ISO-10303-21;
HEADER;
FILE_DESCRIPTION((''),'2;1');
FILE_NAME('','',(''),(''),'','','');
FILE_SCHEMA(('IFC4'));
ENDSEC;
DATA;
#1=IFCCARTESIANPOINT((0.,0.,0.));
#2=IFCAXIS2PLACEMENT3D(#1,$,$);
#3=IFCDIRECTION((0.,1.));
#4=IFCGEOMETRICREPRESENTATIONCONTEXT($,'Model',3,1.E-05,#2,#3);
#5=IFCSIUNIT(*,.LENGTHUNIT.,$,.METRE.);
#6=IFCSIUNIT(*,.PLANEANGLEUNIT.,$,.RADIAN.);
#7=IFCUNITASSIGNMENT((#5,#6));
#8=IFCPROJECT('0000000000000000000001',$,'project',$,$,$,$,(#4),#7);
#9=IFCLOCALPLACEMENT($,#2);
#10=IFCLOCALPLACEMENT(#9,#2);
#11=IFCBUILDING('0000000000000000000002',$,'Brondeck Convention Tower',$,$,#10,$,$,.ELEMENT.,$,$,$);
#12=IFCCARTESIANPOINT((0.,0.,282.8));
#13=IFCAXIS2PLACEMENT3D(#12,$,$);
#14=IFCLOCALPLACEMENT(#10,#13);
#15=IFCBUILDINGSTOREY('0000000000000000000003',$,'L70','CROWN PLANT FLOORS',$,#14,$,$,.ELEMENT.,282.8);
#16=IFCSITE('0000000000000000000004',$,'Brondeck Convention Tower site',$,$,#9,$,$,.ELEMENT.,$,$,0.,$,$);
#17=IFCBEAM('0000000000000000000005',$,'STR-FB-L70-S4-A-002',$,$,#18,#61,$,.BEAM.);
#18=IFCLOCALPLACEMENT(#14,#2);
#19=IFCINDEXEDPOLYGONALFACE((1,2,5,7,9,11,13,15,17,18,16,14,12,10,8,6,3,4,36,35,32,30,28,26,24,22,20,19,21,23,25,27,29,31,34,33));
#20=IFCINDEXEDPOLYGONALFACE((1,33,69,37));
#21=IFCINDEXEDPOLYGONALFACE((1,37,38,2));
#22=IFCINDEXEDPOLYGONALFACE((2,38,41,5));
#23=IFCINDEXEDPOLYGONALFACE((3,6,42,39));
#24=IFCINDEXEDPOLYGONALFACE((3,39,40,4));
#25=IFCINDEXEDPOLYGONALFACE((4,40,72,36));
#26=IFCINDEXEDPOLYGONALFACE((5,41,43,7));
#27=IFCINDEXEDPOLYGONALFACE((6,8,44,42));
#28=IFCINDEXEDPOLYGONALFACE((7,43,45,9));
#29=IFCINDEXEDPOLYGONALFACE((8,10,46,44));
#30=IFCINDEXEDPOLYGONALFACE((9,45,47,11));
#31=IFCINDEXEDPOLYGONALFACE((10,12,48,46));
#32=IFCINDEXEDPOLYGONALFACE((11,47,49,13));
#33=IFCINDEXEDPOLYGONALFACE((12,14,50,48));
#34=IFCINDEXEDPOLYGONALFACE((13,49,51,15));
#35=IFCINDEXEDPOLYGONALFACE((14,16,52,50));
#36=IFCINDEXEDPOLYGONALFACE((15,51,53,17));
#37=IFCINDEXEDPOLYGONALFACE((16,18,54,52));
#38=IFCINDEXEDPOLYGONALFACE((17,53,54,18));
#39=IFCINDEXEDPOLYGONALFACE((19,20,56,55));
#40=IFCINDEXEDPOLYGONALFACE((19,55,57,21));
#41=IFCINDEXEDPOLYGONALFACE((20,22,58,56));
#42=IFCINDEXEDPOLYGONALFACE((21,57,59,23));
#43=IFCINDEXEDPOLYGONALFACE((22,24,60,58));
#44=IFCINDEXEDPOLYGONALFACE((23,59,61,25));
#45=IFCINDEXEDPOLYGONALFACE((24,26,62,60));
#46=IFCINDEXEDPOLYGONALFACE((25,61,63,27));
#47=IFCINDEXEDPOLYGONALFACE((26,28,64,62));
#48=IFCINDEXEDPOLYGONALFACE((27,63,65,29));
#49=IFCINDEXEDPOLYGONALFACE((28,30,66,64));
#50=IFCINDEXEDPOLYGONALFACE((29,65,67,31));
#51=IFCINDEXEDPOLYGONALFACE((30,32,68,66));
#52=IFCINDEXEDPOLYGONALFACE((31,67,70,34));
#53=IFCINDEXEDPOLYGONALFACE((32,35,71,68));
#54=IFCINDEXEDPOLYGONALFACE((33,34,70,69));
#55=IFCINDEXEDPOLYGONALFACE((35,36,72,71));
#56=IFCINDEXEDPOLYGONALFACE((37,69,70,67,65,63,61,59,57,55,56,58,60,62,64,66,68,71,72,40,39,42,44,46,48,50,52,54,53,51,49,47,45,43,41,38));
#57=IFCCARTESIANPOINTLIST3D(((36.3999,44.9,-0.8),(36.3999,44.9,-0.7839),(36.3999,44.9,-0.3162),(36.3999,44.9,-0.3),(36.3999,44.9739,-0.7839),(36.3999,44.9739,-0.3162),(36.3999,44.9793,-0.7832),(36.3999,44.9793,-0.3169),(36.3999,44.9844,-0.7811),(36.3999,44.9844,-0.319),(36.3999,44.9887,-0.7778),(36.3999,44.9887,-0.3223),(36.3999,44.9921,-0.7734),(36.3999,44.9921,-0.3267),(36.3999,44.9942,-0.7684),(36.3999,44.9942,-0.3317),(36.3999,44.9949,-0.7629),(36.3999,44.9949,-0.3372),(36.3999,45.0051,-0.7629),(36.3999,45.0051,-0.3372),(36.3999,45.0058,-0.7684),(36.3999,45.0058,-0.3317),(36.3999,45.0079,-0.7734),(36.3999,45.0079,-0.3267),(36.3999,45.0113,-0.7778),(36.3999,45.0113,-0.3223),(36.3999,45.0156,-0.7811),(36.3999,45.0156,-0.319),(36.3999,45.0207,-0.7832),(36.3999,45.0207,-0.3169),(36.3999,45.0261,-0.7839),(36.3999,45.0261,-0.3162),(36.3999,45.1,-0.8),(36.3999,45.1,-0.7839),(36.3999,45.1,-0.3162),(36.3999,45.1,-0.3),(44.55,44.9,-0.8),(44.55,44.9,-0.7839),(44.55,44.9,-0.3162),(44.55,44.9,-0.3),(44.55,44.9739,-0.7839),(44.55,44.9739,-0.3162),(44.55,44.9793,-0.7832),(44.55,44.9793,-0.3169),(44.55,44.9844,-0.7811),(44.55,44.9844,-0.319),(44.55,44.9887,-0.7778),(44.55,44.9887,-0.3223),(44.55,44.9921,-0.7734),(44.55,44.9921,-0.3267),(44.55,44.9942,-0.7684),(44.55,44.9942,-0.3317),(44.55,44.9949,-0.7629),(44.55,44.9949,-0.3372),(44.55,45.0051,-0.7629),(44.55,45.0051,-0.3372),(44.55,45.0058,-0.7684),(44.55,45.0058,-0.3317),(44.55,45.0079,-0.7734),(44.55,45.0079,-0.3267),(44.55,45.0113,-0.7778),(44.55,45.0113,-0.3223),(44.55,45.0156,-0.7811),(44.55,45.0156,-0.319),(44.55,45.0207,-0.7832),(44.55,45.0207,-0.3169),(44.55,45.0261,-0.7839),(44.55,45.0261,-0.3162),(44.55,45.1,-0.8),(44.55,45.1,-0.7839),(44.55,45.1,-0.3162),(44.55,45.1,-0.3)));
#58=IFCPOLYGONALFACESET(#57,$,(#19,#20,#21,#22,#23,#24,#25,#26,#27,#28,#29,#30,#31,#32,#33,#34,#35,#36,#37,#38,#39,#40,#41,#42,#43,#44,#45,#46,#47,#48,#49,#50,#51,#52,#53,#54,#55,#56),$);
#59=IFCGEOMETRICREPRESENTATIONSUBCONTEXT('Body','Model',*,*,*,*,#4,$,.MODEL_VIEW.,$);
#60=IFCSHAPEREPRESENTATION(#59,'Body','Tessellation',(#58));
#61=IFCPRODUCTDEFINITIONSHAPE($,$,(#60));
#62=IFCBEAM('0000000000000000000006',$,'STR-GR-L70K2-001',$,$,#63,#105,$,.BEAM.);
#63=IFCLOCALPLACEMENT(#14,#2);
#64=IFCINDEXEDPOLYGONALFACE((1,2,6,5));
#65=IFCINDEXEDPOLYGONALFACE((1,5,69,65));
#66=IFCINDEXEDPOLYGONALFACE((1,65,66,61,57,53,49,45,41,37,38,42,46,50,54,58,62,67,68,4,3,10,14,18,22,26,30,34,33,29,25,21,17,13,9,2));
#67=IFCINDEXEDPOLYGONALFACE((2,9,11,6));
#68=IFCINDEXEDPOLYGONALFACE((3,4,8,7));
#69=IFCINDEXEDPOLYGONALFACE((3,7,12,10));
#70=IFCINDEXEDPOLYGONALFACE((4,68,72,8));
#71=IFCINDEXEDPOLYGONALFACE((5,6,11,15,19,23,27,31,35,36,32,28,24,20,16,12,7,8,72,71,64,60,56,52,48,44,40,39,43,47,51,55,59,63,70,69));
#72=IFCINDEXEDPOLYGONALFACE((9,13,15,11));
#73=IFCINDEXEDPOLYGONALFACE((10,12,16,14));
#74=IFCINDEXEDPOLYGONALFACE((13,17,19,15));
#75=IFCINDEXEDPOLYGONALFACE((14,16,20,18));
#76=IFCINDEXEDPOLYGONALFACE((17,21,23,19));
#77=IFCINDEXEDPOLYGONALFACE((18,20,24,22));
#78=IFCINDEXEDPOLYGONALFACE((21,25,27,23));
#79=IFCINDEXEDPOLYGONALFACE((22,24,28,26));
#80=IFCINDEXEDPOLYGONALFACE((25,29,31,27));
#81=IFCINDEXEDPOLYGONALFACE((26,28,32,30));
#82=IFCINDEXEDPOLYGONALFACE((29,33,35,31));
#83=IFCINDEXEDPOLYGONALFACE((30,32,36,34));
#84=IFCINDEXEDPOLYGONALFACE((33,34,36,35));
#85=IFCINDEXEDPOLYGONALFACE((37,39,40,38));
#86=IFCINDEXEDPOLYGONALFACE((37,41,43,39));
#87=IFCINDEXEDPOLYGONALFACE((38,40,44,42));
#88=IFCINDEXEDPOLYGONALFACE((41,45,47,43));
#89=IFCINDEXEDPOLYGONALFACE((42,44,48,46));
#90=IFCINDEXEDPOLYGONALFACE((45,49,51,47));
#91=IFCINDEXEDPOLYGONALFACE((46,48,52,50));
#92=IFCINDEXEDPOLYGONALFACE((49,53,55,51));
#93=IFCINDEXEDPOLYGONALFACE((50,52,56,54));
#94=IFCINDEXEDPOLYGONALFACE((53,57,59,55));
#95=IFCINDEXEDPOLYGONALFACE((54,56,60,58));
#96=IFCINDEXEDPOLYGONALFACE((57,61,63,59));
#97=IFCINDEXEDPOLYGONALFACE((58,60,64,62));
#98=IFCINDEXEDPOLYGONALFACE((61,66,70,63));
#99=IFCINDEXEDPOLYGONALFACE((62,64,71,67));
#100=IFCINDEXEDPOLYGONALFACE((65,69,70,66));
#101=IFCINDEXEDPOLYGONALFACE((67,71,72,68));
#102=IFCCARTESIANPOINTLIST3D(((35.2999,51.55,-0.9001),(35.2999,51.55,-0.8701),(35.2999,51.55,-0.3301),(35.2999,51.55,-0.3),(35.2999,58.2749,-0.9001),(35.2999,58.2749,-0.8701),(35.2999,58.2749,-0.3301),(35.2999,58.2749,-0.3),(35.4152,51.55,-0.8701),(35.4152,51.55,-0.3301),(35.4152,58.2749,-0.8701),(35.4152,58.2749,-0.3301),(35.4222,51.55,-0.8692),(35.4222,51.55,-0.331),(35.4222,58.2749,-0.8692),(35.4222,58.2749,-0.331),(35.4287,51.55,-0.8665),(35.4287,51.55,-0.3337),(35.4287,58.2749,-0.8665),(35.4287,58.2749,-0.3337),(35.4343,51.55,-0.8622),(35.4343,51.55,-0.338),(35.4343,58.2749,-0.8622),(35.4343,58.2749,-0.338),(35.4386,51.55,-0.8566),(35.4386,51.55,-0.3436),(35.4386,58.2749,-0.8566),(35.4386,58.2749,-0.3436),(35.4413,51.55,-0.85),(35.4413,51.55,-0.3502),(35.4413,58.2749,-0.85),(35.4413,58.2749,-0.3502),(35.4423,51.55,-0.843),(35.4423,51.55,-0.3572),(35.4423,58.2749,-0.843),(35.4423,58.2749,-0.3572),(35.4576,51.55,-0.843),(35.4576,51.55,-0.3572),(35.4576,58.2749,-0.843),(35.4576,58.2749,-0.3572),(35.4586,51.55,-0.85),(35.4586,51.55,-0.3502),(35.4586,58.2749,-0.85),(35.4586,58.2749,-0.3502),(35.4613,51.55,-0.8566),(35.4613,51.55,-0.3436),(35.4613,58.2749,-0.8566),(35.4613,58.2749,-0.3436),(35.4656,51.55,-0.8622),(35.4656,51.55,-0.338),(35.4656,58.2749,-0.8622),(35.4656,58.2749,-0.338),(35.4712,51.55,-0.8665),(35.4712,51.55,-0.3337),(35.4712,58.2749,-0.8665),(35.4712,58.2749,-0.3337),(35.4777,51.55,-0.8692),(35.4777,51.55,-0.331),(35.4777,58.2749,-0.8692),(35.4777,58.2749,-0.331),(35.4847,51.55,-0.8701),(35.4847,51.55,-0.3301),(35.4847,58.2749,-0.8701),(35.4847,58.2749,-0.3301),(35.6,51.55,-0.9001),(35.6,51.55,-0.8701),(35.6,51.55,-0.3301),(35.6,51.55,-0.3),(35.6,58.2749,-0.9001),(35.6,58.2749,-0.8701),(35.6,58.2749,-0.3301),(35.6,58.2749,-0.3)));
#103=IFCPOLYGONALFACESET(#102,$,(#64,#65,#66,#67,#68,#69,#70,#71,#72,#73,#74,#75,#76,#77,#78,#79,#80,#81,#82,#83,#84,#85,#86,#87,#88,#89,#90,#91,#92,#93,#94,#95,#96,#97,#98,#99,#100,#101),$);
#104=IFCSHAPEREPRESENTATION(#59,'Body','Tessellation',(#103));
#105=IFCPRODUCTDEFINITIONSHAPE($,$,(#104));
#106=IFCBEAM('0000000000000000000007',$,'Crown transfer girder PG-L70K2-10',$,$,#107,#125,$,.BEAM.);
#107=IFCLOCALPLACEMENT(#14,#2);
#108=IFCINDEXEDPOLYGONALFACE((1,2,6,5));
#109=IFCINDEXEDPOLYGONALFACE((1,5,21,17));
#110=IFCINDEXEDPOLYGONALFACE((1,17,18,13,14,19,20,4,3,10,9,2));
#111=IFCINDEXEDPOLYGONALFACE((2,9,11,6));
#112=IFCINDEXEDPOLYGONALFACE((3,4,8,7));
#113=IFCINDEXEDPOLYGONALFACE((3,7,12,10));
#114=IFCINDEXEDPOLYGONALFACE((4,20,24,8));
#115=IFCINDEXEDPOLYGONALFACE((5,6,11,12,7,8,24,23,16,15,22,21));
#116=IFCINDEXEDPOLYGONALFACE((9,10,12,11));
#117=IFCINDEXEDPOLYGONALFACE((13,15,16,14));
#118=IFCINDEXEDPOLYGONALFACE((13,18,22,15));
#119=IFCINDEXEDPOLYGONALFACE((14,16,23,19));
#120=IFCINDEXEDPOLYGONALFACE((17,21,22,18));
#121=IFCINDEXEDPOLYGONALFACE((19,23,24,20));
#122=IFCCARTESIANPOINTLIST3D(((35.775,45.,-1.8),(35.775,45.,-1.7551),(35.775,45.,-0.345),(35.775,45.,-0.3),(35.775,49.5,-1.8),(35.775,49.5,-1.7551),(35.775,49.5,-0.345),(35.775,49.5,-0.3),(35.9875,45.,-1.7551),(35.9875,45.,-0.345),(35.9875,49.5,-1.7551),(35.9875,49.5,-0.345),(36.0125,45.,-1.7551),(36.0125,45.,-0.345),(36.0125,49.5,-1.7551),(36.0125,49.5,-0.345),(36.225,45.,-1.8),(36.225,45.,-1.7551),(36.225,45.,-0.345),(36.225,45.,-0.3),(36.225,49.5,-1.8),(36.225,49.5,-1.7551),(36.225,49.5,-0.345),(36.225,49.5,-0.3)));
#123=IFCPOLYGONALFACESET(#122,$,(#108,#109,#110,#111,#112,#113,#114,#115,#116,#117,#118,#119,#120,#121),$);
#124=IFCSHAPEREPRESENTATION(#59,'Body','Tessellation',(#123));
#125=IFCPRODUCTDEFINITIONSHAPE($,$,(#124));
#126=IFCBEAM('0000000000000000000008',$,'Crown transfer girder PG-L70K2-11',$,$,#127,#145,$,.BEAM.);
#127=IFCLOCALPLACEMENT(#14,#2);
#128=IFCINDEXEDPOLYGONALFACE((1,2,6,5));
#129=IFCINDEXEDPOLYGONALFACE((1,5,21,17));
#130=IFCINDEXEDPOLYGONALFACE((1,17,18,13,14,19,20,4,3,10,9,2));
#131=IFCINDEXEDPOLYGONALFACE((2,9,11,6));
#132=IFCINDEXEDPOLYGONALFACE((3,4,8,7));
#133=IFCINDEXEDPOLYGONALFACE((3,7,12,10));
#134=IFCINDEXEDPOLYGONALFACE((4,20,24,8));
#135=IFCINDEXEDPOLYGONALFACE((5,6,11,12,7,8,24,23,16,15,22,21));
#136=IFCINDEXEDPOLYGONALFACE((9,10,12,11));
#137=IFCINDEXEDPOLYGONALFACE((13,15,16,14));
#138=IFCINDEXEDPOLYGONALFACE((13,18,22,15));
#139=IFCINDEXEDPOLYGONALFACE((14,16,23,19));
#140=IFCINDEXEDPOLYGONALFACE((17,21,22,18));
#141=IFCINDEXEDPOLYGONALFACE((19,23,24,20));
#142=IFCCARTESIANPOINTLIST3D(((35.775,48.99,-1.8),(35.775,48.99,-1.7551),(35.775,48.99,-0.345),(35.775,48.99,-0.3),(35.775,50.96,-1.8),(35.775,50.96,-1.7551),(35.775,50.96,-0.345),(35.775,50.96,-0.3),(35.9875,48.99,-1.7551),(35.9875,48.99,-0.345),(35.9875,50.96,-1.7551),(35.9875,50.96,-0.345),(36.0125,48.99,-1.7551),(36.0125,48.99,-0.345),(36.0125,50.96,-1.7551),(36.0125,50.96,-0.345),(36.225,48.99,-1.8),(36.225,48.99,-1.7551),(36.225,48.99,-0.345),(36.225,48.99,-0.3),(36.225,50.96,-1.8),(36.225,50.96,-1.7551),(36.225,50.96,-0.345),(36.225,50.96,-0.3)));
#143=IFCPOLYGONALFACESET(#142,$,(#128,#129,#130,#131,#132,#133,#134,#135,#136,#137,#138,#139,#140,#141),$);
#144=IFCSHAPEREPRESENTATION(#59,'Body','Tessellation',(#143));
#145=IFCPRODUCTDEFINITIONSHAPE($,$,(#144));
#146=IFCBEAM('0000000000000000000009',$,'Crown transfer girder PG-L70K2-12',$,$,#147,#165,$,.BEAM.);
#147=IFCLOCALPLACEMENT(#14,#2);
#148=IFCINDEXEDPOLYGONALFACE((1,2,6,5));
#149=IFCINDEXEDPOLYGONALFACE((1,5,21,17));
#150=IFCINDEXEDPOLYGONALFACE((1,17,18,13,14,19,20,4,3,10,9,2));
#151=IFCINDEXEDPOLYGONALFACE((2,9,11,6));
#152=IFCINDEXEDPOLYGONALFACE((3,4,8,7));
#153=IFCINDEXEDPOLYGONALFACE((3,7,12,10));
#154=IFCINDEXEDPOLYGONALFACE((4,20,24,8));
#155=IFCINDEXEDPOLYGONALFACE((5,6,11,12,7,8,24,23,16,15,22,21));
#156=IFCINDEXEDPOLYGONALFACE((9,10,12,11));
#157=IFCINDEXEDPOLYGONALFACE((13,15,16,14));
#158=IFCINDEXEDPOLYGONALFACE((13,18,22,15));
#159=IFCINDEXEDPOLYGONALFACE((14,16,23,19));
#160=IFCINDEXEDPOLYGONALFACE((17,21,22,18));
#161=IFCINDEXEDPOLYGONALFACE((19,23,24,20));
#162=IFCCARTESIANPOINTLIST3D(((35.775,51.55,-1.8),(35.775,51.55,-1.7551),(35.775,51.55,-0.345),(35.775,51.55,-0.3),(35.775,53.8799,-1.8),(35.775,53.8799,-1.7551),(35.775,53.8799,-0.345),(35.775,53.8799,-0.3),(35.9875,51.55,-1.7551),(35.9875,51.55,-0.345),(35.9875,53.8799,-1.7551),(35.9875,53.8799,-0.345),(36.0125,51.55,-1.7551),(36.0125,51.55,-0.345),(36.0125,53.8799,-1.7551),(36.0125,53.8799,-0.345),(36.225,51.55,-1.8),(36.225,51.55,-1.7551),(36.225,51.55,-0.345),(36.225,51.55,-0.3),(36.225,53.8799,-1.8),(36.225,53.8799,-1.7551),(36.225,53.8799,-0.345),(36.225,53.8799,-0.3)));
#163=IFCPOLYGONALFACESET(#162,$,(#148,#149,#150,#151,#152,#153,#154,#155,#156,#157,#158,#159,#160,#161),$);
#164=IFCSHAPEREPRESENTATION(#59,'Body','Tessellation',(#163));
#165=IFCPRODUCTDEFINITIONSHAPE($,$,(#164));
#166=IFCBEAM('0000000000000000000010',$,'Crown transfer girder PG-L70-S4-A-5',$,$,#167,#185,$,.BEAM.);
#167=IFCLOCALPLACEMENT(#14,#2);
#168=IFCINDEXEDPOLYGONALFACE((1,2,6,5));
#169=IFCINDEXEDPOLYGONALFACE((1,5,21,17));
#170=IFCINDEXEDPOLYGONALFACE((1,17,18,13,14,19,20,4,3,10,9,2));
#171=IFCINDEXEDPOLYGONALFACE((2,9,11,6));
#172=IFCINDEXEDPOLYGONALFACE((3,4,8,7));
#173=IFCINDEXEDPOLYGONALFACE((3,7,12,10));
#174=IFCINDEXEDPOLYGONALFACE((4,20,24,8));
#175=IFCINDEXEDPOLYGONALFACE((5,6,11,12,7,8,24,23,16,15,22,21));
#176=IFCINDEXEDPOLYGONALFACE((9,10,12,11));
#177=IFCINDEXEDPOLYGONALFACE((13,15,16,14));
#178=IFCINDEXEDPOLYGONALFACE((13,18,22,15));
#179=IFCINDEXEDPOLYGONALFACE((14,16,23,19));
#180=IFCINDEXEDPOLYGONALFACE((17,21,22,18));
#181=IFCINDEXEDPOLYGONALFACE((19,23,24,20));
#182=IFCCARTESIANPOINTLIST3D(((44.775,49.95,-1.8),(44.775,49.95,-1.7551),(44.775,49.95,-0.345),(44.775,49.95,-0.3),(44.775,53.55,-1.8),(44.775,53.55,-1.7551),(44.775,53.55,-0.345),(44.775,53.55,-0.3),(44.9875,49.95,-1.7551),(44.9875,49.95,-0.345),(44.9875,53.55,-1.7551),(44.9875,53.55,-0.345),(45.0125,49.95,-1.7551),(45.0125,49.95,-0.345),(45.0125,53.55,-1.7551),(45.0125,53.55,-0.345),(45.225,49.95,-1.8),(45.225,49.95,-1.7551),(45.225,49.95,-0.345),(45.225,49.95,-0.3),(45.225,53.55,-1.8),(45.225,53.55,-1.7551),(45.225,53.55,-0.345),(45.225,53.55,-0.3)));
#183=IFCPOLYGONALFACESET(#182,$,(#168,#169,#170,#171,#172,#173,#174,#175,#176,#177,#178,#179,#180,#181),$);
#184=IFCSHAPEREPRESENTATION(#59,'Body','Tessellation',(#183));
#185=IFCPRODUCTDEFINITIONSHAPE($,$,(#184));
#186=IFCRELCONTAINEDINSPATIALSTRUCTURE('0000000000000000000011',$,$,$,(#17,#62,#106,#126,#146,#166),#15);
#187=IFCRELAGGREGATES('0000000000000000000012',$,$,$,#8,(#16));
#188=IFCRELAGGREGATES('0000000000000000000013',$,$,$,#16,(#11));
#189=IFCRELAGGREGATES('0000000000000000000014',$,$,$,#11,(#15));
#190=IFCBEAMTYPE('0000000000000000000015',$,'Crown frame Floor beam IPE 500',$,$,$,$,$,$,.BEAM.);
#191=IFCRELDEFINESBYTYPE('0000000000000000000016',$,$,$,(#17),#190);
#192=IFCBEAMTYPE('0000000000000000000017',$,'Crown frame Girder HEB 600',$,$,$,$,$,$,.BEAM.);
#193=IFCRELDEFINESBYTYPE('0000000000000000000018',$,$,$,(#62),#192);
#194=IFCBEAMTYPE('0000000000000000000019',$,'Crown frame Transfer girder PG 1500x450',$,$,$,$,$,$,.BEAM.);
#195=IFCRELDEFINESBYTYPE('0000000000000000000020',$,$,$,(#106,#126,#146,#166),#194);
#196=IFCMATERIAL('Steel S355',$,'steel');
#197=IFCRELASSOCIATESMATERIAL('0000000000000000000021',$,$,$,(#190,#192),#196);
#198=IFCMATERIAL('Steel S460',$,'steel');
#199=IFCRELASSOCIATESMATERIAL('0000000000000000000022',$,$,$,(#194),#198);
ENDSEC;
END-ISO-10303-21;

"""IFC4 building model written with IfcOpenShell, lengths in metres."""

from ifc_helpers import new_model, si_unit, direction, frame, origin, origin_2d, place, context, subcontext, project, spatial, i_section, extrude, material, material_profile, profile_set, type_object, element, save


model = new_model("IFC4")

# Units and contexts
model_context = context("Model", 3, precision=1e-05, world=origin(), true_north=direction((0.0, 1.0)))
body_context = subcontext(model_context, "Body", "Model", "MODEL_VIEW")
ifc_project = project(units=[si_unit("LENGTHUNIT", "METRE"), si_unit("PLANEANGLEUNIT", "RADIAN")], contexts=[model_context])

# Site, building, storey
site_placement = place(None, origin())
site = spatial("IfcSite", under=ifc_project, at=site_placement, Name="Brondeck Convention Tower site", CompositionType="ELEMENT", RefElevation=0.0)
building_placement = place(site_placement, origin())
building = spatial("IfcBuilding", under=site, at=building_placement, Name="Brondeck Convention Tower", CompositionType="ELEMENT")
storey_placement = place(building_placement, frame((0.0, 0.0, 282.8)))
storey = spatial("IfcBuildingStorey", under=building, at=storey_placement, Name="L70", Description="CROWN PLANT FLOORS", CompositionType="ELEMENT", Elevation=282.8)

# Beams
ifc_material_1 = material(Name="Steel S355", Category="steel")
ifc_material_profile_1 = material_profile(ifc_material_1, i_section(OverallWidth=0.2, OverallDepth=0.5, WebThickness=0.0103, FlangeThickness=0.0161, FilletRadius=0.021, at=origin_2d()), Name="IPE 500")
ifc_profile_set_1 = profile_set([ifc_material_profile_1], Name="Steel S355")
beam_type_1 = type_object("IfcBeamType", Name="Crown frame Floor beam IPE 500", PredefinedType="BEAM", material=ifc_profile_set_1)
beam_1_placement = place(storey_placement, frame((36.3999, 45.0, -0.55), z_axis=(1.0, 0.0, 0.0), x_axis=(0.0, 1.0, 0.0)))
element("IfcBeam", 1, at=beam_1_placement, inside=storey, type_object=beam_type_1, Name="STR-FB-L70-S4-A-002", PredefinedType="BEAM", context=body_context, shape_type="SweptSolid", body=[
    extrude(i_section(OverallWidth=0.2, OverallDepth=0.5, WebThickness=0.0103, FlangeThickness=0.0161, FilletRadius=0.021, at=origin_2d()), origin(), (0.0, 0.0, 1.0), 8.1501),
])
ifc_material_profile_2 = material_profile(ifc_material_1, i_section(OverallWidth=0.3, OverallDepth=0.6001, WebThickness=0.0154, FlangeThickness=0.03, FilletRadius=0.0271, at=origin_2d()), Name="HEB 600")
ifc_profile_set_2 = profile_set([ifc_material_profile_2], Name="Steel S355")
beam_type_2 = type_object("IfcBeamType", Name="Crown frame Girder HEB 600", PredefinedType="BEAM", material=ifc_profile_set_2)
beam_2_placement = place(storey_placement, frame((35.45, 51.55, -0.6001), z_axis=(0.0, 1.0, 0.0), x_axis=(-1.0, 0.0, 0.0)))
element("IfcBeam", 2, at=beam_2_placement, inside=storey, type_object=beam_type_2, Name="STR-GR-L70K2-001", PredefinedType="BEAM", context=body_context, shape_type="SweptSolid", body=[
    extrude(i_section(OverallWidth=0.3, OverallDepth=0.6001, WebThickness=0.0154, FlangeThickness=0.03, FilletRadius=0.0271, at=origin_2d()), origin(), (0.0, 0.0, 1.0), 6.7249),
])
ifc_material_2 = material(Name="Steel S460", Category="steel")
ifc_material_profile_3 = material_profile(ifc_material_2, i_section(OverallWidth=0.45, OverallDepth=1.5, WebThickness=0.0249, FlangeThickness=0.0449, at=origin_2d()), Name="PG 1500x450")
ifc_profile_set_3 = profile_set([ifc_material_profile_3], Name="Steel S460")
beam_type_3 = type_object("IfcBeamType", Name="Crown frame Transfer girder PG 1500x450", PredefinedType="BEAM", material=ifc_profile_set_3)
beam_3_placement = place(storey_placement, frame((36.0, 45.0, -1.05), z_axis=(0.0, 1.0, 0.0), x_axis=(-1.0, 0.0, 0.0)))
element("IfcBeam", 3, at=beam_3_placement, inside=storey, type_object=beam_type_3, Name="Crown transfer girder PG-L70K2-10", PredefinedType="BEAM", context=body_context, shape_type="SweptSolid", body=[
    extrude(i_section(OverallWidth=0.45, OverallDepth=1.5, WebThickness=0.0249, FlangeThickness=0.0449, at=origin_2d()), origin(), (0.0, 0.0, 1.0), 4.5),
])
beam_4_placement = place(storey_placement, frame((36.0, 48.99, -1.05), z_axis=(0.0, 1.0, 0.0), x_axis=(-1.0, 0.0, 0.0)))
element("IfcBeam", 4, at=beam_4_placement, inside=storey, type_object=beam_type_3, Name="Crown transfer girder PG-L70K2-11", PredefinedType="BEAM", context=body_context, shape_type="SweptSolid", body=[
    extrude(i_section(OverallWidth=0.45, OverallDepth=1.5, WebThickness=0.0249, FlangeThickness=0.0449, at=origin_2d()), origin(), (0.0, 0.0, 1.0), 1.97),
])
beam_5_placement = place(storey_placement, frame((36.0, 51.55, -1.05), z_axis=(0.0, 1.0, 0.0), x_axis=(-1.0, 0.0, 0.0)))
element("IfcBeam", 5, at=beam_5_placement, inside=storey, type_object=beam_type_3, Name="Crown transfer girder PG-L70K2-12", PredefinedType="BEAM", context=body_context, shape_type="SweptSolid", body=[
    extrude(i_section(OverallWidth=0.45, OverallDepth=1.5, WebThickness=0.0249, FlangeThickness=0.0449, at=origin_2d()), origin(), (0.0, 0.0, 1.0), 2.3298),
])
for number, where, z_axis, x_axis, name in (
    (6, (45.0, 53.55, -1.05), (0.0, -1.0, 0.0), (1.0, 0.0, 0.0), "Crown transfer girder PG-L70-S4-A-5"),
):
    element("IfcBeam", number, at=place(storey_placement, frame(where, z_axis=z_axis, x_axis=x_axis)), inside=storey, type_object=beam_type_3, Name=name, PredefinedType="BEAM", context=body_context, shape_type="SweptSolid", body=[
        extrude(i_section(OverallWidth=0.45, OverallDepth=1.5, WebThickness=0.0249, FlangeThickness=0.0449, at=origin_2d()), origin(), (0.0, 0.0, 1.0), 3.6001),
    ])

save(model, "model.ifc")
